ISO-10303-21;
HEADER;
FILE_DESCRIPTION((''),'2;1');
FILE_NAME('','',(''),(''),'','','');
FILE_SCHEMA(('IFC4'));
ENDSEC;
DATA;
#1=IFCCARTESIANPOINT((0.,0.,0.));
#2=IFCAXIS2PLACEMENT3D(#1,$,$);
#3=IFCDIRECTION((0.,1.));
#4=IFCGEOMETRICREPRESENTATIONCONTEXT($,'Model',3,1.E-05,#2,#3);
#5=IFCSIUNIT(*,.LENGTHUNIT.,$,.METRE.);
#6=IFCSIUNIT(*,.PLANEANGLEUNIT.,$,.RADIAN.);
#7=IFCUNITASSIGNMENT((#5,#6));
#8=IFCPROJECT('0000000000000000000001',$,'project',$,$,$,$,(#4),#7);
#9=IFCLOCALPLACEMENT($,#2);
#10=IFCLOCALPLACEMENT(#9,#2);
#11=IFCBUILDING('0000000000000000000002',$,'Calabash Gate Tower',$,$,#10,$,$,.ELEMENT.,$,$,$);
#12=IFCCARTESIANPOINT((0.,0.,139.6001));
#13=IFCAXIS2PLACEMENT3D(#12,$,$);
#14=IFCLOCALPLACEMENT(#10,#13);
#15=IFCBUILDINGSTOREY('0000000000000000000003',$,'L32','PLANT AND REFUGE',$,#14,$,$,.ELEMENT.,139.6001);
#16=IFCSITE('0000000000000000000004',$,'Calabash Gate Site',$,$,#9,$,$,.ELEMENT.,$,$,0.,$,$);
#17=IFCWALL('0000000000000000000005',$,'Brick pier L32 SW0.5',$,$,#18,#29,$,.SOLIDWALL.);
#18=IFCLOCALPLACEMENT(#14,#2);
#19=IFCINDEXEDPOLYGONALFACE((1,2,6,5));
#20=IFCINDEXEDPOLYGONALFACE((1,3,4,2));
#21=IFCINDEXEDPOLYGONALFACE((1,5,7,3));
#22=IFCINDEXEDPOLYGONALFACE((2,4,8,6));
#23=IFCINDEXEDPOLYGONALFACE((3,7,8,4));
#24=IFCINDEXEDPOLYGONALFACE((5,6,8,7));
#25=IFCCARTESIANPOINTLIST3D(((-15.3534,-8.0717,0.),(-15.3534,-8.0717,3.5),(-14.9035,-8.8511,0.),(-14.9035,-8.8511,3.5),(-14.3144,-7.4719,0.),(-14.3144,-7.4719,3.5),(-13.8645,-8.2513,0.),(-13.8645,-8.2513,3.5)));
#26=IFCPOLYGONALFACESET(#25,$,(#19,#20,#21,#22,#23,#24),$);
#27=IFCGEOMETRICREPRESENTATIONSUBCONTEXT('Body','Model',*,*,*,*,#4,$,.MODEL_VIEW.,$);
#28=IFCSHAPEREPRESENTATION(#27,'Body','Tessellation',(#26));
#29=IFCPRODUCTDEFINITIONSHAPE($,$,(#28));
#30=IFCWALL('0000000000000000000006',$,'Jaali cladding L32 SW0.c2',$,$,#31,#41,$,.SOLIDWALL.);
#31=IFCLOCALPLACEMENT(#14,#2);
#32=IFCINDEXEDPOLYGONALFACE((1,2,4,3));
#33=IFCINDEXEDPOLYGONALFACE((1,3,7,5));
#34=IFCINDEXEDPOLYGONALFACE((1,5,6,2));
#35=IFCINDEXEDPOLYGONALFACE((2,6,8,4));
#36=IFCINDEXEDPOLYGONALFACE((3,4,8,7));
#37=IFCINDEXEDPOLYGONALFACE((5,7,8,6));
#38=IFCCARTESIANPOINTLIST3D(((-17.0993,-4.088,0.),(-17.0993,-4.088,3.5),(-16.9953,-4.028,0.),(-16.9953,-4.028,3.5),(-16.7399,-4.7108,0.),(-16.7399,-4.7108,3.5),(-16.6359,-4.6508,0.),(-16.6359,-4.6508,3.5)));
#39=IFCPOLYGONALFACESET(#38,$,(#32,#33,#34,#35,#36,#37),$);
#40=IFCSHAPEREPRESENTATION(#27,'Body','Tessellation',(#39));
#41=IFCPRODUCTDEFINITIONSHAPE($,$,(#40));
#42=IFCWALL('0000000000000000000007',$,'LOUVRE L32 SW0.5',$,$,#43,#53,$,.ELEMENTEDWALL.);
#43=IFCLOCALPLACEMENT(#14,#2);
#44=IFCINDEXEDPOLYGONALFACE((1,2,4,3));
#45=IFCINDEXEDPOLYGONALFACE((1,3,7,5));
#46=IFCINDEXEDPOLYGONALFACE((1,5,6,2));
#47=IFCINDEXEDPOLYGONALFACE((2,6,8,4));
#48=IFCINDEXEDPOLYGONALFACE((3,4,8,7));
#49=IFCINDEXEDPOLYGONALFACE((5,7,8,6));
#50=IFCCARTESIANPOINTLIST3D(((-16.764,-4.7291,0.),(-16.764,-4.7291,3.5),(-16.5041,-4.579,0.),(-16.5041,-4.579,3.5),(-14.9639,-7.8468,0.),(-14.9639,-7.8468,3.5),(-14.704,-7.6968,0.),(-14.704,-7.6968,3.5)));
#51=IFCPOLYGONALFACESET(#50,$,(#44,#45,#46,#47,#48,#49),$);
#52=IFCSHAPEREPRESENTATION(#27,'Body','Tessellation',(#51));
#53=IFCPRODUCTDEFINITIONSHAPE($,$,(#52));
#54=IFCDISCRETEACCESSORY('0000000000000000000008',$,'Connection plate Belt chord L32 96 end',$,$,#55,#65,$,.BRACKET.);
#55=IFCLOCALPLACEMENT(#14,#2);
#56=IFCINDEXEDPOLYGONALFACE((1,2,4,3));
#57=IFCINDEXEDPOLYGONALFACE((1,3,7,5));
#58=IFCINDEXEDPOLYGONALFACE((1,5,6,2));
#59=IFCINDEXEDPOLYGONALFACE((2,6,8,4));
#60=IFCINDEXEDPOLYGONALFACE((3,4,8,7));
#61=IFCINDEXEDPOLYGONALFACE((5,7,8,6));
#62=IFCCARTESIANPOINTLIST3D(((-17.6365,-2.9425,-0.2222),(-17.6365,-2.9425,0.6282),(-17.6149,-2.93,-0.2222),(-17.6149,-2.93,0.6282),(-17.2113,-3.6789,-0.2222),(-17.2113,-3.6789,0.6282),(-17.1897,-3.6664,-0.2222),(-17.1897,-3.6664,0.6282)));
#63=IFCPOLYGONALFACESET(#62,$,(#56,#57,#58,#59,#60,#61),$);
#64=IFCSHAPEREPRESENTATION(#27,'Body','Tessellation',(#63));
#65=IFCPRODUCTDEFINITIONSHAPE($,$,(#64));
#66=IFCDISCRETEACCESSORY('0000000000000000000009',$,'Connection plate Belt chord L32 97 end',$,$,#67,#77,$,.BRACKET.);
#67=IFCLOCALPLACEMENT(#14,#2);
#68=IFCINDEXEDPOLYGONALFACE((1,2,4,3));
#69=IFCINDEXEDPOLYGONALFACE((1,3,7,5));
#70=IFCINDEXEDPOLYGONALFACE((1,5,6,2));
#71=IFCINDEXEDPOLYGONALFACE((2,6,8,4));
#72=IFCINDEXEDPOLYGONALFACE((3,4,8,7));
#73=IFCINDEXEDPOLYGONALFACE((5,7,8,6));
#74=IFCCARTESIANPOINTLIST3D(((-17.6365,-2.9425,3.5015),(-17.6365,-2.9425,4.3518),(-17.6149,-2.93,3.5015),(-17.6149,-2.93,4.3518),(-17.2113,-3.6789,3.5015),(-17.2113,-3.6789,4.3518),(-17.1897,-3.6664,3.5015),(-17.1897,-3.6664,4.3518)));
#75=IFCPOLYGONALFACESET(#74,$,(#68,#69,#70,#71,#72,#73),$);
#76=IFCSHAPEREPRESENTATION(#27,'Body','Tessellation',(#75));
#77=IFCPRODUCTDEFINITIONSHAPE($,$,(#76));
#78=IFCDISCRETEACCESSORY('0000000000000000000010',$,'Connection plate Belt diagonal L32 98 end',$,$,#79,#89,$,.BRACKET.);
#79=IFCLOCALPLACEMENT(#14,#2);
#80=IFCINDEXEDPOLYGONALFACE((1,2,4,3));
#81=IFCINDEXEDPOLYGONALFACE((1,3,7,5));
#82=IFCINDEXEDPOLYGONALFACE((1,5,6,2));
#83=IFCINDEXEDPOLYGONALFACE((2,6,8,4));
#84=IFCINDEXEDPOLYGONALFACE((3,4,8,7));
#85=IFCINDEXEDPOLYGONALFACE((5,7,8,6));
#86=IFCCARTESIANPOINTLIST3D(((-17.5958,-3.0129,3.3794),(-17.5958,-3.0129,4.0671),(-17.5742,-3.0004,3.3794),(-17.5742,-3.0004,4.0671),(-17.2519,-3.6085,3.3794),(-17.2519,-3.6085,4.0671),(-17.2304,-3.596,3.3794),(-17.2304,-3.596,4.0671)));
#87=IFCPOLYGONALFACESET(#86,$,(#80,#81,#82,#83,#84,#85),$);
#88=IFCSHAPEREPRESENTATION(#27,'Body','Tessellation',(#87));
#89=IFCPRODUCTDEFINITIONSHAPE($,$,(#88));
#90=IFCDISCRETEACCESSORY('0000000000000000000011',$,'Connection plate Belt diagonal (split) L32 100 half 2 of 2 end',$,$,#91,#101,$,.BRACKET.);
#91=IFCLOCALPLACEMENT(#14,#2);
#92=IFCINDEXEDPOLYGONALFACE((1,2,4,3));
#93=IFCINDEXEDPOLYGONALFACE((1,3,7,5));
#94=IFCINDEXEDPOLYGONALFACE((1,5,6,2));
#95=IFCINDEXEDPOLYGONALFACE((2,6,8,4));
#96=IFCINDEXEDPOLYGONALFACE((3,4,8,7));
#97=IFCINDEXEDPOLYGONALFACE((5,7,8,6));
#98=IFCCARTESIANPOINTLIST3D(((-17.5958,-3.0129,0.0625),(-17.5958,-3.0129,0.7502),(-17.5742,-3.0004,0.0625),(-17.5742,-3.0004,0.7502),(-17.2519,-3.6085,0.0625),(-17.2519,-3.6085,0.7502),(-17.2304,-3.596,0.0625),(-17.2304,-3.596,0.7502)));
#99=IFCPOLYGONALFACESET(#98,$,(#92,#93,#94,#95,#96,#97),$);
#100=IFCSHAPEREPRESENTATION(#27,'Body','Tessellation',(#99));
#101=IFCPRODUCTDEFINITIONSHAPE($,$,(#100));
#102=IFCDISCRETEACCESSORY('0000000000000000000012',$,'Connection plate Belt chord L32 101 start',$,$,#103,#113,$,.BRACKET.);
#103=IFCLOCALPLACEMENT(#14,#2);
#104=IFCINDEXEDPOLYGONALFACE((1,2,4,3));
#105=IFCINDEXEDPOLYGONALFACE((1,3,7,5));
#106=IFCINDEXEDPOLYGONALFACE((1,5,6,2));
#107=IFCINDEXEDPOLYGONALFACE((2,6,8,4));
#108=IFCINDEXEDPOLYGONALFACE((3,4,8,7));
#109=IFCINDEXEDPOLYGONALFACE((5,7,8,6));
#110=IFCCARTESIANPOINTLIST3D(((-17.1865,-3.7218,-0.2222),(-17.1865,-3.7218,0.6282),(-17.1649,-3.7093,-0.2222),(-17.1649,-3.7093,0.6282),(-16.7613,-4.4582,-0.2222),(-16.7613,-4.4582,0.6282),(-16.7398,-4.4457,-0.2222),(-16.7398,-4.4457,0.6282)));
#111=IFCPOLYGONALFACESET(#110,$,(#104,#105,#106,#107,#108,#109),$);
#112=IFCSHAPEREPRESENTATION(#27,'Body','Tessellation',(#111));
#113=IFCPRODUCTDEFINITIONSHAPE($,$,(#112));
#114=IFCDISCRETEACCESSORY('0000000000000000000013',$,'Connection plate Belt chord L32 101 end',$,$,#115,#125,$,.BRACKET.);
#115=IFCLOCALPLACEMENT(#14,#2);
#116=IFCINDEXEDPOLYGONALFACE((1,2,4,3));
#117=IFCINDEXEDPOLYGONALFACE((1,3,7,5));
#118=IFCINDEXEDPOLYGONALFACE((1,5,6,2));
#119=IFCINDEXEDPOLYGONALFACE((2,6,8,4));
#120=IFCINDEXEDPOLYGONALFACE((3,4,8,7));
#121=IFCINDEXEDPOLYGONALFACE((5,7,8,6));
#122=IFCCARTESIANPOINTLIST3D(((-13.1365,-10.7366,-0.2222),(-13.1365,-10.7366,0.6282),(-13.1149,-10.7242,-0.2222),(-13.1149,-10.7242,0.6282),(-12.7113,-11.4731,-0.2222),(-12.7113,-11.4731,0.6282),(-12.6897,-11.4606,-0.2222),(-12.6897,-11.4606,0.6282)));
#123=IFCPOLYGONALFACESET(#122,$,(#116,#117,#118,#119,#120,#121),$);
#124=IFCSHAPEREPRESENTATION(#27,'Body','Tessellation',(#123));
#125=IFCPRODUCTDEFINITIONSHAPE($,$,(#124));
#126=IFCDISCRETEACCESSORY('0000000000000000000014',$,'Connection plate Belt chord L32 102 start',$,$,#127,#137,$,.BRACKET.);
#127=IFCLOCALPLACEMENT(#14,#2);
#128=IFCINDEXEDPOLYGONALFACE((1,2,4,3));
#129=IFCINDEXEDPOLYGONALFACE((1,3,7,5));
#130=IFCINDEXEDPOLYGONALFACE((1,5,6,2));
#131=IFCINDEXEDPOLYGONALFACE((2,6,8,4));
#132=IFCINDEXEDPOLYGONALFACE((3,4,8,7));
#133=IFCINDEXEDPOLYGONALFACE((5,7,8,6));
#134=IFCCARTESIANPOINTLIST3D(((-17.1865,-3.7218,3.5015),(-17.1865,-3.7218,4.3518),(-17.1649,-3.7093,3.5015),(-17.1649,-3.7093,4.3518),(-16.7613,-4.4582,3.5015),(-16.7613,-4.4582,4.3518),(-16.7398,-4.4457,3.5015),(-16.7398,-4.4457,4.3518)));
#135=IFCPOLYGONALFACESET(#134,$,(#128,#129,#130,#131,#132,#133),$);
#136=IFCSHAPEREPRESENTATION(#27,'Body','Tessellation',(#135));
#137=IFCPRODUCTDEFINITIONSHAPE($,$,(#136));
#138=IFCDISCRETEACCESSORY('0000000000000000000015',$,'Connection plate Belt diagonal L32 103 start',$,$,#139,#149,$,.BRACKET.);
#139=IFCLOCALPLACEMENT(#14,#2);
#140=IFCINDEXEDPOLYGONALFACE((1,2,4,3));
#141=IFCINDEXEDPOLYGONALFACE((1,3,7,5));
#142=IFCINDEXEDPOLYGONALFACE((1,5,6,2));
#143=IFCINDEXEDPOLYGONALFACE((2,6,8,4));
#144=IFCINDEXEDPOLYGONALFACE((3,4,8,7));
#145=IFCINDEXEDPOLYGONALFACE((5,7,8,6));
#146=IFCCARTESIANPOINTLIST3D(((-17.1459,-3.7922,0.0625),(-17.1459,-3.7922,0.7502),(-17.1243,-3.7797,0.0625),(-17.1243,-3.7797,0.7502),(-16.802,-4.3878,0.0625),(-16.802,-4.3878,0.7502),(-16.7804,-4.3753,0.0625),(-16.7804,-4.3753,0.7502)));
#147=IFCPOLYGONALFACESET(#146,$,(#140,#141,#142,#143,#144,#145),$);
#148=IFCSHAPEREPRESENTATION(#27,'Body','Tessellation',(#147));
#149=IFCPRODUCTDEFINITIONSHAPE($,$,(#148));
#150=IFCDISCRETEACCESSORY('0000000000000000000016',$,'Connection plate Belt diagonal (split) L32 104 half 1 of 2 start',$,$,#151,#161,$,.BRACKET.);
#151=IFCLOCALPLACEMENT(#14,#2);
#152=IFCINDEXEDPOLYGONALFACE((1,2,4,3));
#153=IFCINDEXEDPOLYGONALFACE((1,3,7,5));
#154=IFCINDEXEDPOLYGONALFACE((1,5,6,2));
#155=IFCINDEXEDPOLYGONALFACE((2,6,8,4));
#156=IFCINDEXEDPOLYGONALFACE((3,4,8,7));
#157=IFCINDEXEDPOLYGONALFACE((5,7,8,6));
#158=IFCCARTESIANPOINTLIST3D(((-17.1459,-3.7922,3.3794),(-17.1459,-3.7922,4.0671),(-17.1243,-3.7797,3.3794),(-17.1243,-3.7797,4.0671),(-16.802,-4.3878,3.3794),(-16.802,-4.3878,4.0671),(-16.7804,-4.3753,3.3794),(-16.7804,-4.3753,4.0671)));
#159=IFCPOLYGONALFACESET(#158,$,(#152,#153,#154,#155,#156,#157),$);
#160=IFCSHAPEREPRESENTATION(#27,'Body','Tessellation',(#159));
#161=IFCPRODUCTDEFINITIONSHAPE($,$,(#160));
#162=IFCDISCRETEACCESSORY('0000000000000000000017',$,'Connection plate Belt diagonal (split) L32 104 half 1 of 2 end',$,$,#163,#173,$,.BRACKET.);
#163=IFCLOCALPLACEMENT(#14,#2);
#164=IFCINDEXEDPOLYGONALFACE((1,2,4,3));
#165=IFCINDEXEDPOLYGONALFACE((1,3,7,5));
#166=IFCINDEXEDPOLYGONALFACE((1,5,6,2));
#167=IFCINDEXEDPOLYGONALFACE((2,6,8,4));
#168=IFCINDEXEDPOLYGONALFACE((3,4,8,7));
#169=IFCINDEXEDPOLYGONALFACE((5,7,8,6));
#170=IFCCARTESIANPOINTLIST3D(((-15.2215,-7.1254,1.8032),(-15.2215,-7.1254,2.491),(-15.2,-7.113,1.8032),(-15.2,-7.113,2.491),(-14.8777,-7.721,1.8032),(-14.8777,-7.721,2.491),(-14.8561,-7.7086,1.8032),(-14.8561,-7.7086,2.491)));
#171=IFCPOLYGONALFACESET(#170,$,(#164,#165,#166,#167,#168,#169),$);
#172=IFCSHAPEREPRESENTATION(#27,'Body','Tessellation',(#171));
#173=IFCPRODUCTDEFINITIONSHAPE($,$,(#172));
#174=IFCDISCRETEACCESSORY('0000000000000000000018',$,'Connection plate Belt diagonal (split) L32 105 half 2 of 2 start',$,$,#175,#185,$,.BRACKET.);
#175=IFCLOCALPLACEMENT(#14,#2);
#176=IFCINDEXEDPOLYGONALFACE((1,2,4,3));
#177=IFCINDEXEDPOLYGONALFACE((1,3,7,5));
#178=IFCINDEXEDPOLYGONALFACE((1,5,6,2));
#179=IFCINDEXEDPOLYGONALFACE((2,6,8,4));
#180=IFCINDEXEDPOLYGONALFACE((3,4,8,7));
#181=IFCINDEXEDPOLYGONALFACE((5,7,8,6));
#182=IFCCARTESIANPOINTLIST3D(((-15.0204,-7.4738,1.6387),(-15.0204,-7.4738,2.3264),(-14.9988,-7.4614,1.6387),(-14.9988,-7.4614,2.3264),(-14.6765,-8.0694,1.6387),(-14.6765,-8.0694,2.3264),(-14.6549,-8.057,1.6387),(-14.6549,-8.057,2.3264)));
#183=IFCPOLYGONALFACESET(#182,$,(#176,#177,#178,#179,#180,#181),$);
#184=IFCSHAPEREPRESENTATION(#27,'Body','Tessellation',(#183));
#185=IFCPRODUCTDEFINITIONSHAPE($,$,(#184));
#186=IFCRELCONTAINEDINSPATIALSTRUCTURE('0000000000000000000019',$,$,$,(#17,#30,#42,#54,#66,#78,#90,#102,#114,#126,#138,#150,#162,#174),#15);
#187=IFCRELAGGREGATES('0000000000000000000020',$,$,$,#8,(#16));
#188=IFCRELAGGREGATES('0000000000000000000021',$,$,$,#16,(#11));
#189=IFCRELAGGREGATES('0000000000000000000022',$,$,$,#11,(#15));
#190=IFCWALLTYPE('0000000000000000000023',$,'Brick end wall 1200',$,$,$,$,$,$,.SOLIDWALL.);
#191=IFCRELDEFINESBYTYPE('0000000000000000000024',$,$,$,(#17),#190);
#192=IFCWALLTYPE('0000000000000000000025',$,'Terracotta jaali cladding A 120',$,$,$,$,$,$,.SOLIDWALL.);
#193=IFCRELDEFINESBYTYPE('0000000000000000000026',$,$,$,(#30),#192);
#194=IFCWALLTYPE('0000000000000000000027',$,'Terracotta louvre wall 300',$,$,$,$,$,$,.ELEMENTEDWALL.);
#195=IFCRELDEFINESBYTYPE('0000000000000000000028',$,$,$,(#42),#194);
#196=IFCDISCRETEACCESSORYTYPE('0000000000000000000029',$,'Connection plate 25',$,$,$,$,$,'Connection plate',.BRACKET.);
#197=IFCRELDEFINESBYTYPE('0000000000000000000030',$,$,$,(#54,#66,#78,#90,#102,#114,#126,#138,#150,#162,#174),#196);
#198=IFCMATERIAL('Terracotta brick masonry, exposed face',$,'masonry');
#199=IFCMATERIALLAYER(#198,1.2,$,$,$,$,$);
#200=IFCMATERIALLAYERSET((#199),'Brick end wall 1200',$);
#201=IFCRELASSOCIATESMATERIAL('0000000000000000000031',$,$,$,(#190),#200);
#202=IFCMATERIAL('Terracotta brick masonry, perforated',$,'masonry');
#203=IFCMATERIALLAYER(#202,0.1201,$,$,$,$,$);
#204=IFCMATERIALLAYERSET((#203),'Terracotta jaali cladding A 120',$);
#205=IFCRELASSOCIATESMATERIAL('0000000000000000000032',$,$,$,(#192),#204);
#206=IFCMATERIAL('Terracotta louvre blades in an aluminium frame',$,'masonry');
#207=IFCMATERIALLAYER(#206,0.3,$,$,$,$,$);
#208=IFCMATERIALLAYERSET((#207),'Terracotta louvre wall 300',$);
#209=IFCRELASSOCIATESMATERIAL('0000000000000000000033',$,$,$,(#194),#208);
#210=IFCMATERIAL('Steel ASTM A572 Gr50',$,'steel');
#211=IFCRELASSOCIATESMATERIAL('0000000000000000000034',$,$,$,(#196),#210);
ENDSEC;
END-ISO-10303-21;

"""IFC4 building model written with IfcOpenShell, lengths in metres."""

from ifc_helpers import new_model, si_unit, direction, frame, frame_2d, origin, origin_2d, place, context, subcontext, project, spatial, rectangle, extrude, material, layer, layer_set, type_object, element, save


model = new_model("IFC4")

# Units and contexts
model_context = context("Model", 3, precision=1e-05, world=origin(), true_north=direction((0.0, 1.0)))
body_context = subcontext(model_context, "Body", "Model", "MODEL_VIEW")
ifc_project = project(units=[si_unit("LENGTHUNIT", "METRE"), si_unit("PLANEANGLEUNIT", "RADIAN")], contexts=[model_context])

# Site, building, storey
site_placement = place(None, origin())
site = spatial("IfcSite", under=ifc_project, at=site_placement, Name="Calabash Gate Site", CompositionType="ELEMENT", RefElevation=0.0)
building_placement = place(site_placement, origin())
building = spatial("IfcBuilding", under=site, at=building_placement, Name="Calabash Gate Tower", CompositionType="ELEMENT")
storey_placement = place(building_placement, frame((0.0, 0.0, 139.6001)))
storey = spatial("IfcBuildingStorey", under=building, at=storey_placement, Name="L32", Description="PLANT AND REFUGE", CompositionType="ELEMENT", Elevation=139.6001)

# Walls
ifc_material_1 = material(Name="Terracotta brick masonry, exposed face", Category="masonry")
ifc_layer_1 = layer(ifc_material_1, 1.2)
ifc_layer_set_1 = layer_set([ifc_layer_1], Name="Brick end wall 1200")
wall_type_1 = type_object("IfcWallType", Name="Brick end wall 1200", PredefinedType="SOLIDWALL", material=ifc_layer_set_1)
wall_1_placement = place(storey_placement, frame((-15.1284, -8.4614, 0.0), z_axis=(0.0, 0.0, 1.0), x_axis=(0.866043, 0.499969, 0.0)))
element("IfcWall", 1, at=wall_1_placement, inside=storey, type_object=wall_type_1, Name="Brick pier L32 SW0.5", PredefinedType="SOLIDWALL", context=body_context, shape_type="SweptSolid", body=[
    extrude(rectangle(XDim=1.1997, YDim=0.8999, at=frame_2d((0.5999, 0.0))), origin(), (0.0, 0.0, 1.0), 3.5),
])
ifc_material_2 = material(Name="Terracotta brick masonry, perforated", Category="masonry")
ifc_layer_2 = layer(ifc_material_2, 0.1201)
ifc_layer_set_2 = layer_set([ifc_layer_2], Name="Terracotta jaali cladding A 120")
wall_type_2 = type_object("IfcWallType", Name="Terracotta jaali cladding A 120", PredefinedType="SOLIDWALL", material=ifc_layer_set_2)
wall_2_placement = place(storey_placement, frame((-16.688, -4.6807, 0.0), z_axis=(0.0, 0.0, 1.0), x_axis=(-0.499791, 0.866146, 0.0)))
element("IfcWall", 2, at=wall_2_placement, inside=storey, type_object=wall_type_2, Name="Jaali cladding L32 SW0.c2", PredefinedType="SOLIDWALL", context=body_context, shape_type="SweptSolid", body=[
    extrude(rectangle(XDim=0.719, YDim=0.1201, at=frame_2d((0.3594, 0.0))), origin(), (0.0, 0.0, 1.0), 3.5),
])
ifc_material_3 = material(Name="Terracotta louvre blades in an aluminium frame", Category="masonry")
ifc_layer_3 = layer(ifc_material_3, 0.3)
ifc_layer_set_3 = layer_set([ifc_layer_3], Name="Terracotta louvre wall 300")
wall_type_3 = type_object("IfcWallType", Name="Terracotta louvre wall 300", PredefinedType="ELEMENTEDWALL", material=ifc_layer_set_3)
wall_3_placement = place(storey_placement, frame((-16.634, -4.6541, 0.0), z_axis=(0.0, 0.0, 1.0), x_axis=(0.500012, -0.866018, 0.0)))
element("IfcWall", 3, at=wall_3_placement, inside=storey, type_object=wall_type_3, Name="LOUVRE L32 SW0.5", PredefinedType="ELEMENTEDWALL", context=body_context, shape_type="SweptSolid", body=[
    extrude(rectangle(XDim=3.6001, YDim=0.3, at=frame_2d((1.8, 0.0))), origin(), (0.0, 0.0, 1.0), 3.5),
])

# Discrete accessories
ifc_material_4 = material(Name="Steel ASTM A572 Gr50", Category="steel")
discrete_accessory_type = type_object("IfcDiscreteAccessoryType", Name="Connection plate 25", ElementType="Connection plate", PredefinedType="BRACKET", material=ifc_material_4)
for number, where, z_axis, x_axis, name in (
    (4, (-17.4131, -3.3044, -0.2222), (0.0, 0.0, 1.0), (0.5, -0.866025, 0.0), "Connection plate Belt chord L32 96 end"),
    (5, (-17.4131, -3.3044, 3.5015), (0.0, 0.0, 1.0), (0.5, -0.866025, 0.0), "Connection plate Belt chord L32 97 end"),
):
    element("IfcDiscreteAccessory", number, at=place(storey_placement, frame(where, z_axis=z_axis, x_axis=x_axis)), inside=storey, type_object=discrete_accessory_type, Name=name, PredefinedType="BRACKET", context=body_context, shape_type="SweptSolid", body=[
        extrude(rectangle(XDim=0.8503, YDim=0.0249, at=origin_2d()), origin(), (0.0, 0.0, 1.0), 0.8503),
    ])
for number, where, z_axis, x_axis, name in (
    (6, (-17.4131, -3.3044, 3.3794), (0.0, 0.0, 1.0), (0.5, -0.866025, 0.0), "Connection plate Belt diagonal L32 98 end"),
    (7, (-17.4131, -3.3044, 0.0625), (0.0, 0.0, 1.0), (0.5, -0.866025, 0.0), "Connection plate Belt diagonal (split) L32 100 half 2 of 2 end"),
):
    element("IfcDiscreteAccessory", number, at=place(storey_placement, frame(where, z_axis=z_axis, x_axis=x_axis)), inside=storey, type_object=discrete_accessory_type, Name=name, PredefinedType="BRACKET", context=body_context, shape_type="SweptSolid", body=[
        extrude(rectangle(XDim=0.6877, YDim=0.0249, at=origin_2d()), origin(), (0.0, 0.0, 1.0), 0.6877),
    ])
for number, where, z_axis, x_axis, name in (
    (8, (-16.9631, -4.0837, -0.2222), (0.0, 0.0, 1.0), (0.5, -0.866025, 0.0), "Connection plate Belt chord L32 101 start"),
    (9, (-12.9131, -11.0986, -0.2222), (0.0, 0.0, 1.0), (0.5, -0.866025, 0.0), "Connection plate Belt chord L32 101 end"),
    (10, (-16.9631, -4.0837, 3.5015), (0.0, 0.0, 1.0), (0.5, -0.866025, 0.0), "Connection plate Belt chord L32 102 start"),
):
    element("IfcDiscreteAccessory", number, at=place(storey_placement, frame(where, z_axis=z_axis, x_axis=x_axis)), inside=storey, type_object=discrete_accessory_type, Name=name, PredefinedType="BRACKET", context=body_context, shape_type="SweptSolid", body=[
        extrude(rectangle(XDim=0.8503, YDim=0.0249, at=origin_2d()), origin(), (0.0, 0.0, 1.0), 0.8503),
    ])
for number, where, z_axis, x_axis, name in (
    (11, (-16.9631, -4.0837, 0.0625), (0.0, 0.0, 1.0), (0.5, -0.866025, 0.0), "Connection plate Belt diagonal L32 103 start"),
    (12, (-16.9631, -4.0837, 3.3794), (0.0, 0.0, 1.0), (0.5, -0.866025, 0.0), "Connection plate Belt diagonal (split) L32 104 half 1 of 2 start"),
    (13, (-15.0388, -7.417, 1.8032), (0.0, 0.0, 1.0), (0.5, -0.866025, 0.0), "Connection plate Belt diagonal (split) L32 104 half 1 of 2 end"),
    (14, (-14.8376, -7.7654, 1.6387), (0.0, 0.0, 1.0), (0.5, -0.866025, 0.0), "Connection plate Belt diagonal (split) L32 105 half 2 of 2 start"),
):
    element("IfcDiscreteAccessory", number, at=place(storey_placement, frame(where, z_axis=z_axis, x_axis=x_axis)), inside=storey, type_object=discrete_accessory_type, Name=name, PredefinedType="BRACKET", context=body_context, shape_type="SweptSolid", body=[
        extrude(rectangle(XDim=0.6877, YDim=0.0249, at=origin_2d()), origin(), (0.0, 0.0, 1.0), 0.6877),
    ])

save(model, "model.ifc")
